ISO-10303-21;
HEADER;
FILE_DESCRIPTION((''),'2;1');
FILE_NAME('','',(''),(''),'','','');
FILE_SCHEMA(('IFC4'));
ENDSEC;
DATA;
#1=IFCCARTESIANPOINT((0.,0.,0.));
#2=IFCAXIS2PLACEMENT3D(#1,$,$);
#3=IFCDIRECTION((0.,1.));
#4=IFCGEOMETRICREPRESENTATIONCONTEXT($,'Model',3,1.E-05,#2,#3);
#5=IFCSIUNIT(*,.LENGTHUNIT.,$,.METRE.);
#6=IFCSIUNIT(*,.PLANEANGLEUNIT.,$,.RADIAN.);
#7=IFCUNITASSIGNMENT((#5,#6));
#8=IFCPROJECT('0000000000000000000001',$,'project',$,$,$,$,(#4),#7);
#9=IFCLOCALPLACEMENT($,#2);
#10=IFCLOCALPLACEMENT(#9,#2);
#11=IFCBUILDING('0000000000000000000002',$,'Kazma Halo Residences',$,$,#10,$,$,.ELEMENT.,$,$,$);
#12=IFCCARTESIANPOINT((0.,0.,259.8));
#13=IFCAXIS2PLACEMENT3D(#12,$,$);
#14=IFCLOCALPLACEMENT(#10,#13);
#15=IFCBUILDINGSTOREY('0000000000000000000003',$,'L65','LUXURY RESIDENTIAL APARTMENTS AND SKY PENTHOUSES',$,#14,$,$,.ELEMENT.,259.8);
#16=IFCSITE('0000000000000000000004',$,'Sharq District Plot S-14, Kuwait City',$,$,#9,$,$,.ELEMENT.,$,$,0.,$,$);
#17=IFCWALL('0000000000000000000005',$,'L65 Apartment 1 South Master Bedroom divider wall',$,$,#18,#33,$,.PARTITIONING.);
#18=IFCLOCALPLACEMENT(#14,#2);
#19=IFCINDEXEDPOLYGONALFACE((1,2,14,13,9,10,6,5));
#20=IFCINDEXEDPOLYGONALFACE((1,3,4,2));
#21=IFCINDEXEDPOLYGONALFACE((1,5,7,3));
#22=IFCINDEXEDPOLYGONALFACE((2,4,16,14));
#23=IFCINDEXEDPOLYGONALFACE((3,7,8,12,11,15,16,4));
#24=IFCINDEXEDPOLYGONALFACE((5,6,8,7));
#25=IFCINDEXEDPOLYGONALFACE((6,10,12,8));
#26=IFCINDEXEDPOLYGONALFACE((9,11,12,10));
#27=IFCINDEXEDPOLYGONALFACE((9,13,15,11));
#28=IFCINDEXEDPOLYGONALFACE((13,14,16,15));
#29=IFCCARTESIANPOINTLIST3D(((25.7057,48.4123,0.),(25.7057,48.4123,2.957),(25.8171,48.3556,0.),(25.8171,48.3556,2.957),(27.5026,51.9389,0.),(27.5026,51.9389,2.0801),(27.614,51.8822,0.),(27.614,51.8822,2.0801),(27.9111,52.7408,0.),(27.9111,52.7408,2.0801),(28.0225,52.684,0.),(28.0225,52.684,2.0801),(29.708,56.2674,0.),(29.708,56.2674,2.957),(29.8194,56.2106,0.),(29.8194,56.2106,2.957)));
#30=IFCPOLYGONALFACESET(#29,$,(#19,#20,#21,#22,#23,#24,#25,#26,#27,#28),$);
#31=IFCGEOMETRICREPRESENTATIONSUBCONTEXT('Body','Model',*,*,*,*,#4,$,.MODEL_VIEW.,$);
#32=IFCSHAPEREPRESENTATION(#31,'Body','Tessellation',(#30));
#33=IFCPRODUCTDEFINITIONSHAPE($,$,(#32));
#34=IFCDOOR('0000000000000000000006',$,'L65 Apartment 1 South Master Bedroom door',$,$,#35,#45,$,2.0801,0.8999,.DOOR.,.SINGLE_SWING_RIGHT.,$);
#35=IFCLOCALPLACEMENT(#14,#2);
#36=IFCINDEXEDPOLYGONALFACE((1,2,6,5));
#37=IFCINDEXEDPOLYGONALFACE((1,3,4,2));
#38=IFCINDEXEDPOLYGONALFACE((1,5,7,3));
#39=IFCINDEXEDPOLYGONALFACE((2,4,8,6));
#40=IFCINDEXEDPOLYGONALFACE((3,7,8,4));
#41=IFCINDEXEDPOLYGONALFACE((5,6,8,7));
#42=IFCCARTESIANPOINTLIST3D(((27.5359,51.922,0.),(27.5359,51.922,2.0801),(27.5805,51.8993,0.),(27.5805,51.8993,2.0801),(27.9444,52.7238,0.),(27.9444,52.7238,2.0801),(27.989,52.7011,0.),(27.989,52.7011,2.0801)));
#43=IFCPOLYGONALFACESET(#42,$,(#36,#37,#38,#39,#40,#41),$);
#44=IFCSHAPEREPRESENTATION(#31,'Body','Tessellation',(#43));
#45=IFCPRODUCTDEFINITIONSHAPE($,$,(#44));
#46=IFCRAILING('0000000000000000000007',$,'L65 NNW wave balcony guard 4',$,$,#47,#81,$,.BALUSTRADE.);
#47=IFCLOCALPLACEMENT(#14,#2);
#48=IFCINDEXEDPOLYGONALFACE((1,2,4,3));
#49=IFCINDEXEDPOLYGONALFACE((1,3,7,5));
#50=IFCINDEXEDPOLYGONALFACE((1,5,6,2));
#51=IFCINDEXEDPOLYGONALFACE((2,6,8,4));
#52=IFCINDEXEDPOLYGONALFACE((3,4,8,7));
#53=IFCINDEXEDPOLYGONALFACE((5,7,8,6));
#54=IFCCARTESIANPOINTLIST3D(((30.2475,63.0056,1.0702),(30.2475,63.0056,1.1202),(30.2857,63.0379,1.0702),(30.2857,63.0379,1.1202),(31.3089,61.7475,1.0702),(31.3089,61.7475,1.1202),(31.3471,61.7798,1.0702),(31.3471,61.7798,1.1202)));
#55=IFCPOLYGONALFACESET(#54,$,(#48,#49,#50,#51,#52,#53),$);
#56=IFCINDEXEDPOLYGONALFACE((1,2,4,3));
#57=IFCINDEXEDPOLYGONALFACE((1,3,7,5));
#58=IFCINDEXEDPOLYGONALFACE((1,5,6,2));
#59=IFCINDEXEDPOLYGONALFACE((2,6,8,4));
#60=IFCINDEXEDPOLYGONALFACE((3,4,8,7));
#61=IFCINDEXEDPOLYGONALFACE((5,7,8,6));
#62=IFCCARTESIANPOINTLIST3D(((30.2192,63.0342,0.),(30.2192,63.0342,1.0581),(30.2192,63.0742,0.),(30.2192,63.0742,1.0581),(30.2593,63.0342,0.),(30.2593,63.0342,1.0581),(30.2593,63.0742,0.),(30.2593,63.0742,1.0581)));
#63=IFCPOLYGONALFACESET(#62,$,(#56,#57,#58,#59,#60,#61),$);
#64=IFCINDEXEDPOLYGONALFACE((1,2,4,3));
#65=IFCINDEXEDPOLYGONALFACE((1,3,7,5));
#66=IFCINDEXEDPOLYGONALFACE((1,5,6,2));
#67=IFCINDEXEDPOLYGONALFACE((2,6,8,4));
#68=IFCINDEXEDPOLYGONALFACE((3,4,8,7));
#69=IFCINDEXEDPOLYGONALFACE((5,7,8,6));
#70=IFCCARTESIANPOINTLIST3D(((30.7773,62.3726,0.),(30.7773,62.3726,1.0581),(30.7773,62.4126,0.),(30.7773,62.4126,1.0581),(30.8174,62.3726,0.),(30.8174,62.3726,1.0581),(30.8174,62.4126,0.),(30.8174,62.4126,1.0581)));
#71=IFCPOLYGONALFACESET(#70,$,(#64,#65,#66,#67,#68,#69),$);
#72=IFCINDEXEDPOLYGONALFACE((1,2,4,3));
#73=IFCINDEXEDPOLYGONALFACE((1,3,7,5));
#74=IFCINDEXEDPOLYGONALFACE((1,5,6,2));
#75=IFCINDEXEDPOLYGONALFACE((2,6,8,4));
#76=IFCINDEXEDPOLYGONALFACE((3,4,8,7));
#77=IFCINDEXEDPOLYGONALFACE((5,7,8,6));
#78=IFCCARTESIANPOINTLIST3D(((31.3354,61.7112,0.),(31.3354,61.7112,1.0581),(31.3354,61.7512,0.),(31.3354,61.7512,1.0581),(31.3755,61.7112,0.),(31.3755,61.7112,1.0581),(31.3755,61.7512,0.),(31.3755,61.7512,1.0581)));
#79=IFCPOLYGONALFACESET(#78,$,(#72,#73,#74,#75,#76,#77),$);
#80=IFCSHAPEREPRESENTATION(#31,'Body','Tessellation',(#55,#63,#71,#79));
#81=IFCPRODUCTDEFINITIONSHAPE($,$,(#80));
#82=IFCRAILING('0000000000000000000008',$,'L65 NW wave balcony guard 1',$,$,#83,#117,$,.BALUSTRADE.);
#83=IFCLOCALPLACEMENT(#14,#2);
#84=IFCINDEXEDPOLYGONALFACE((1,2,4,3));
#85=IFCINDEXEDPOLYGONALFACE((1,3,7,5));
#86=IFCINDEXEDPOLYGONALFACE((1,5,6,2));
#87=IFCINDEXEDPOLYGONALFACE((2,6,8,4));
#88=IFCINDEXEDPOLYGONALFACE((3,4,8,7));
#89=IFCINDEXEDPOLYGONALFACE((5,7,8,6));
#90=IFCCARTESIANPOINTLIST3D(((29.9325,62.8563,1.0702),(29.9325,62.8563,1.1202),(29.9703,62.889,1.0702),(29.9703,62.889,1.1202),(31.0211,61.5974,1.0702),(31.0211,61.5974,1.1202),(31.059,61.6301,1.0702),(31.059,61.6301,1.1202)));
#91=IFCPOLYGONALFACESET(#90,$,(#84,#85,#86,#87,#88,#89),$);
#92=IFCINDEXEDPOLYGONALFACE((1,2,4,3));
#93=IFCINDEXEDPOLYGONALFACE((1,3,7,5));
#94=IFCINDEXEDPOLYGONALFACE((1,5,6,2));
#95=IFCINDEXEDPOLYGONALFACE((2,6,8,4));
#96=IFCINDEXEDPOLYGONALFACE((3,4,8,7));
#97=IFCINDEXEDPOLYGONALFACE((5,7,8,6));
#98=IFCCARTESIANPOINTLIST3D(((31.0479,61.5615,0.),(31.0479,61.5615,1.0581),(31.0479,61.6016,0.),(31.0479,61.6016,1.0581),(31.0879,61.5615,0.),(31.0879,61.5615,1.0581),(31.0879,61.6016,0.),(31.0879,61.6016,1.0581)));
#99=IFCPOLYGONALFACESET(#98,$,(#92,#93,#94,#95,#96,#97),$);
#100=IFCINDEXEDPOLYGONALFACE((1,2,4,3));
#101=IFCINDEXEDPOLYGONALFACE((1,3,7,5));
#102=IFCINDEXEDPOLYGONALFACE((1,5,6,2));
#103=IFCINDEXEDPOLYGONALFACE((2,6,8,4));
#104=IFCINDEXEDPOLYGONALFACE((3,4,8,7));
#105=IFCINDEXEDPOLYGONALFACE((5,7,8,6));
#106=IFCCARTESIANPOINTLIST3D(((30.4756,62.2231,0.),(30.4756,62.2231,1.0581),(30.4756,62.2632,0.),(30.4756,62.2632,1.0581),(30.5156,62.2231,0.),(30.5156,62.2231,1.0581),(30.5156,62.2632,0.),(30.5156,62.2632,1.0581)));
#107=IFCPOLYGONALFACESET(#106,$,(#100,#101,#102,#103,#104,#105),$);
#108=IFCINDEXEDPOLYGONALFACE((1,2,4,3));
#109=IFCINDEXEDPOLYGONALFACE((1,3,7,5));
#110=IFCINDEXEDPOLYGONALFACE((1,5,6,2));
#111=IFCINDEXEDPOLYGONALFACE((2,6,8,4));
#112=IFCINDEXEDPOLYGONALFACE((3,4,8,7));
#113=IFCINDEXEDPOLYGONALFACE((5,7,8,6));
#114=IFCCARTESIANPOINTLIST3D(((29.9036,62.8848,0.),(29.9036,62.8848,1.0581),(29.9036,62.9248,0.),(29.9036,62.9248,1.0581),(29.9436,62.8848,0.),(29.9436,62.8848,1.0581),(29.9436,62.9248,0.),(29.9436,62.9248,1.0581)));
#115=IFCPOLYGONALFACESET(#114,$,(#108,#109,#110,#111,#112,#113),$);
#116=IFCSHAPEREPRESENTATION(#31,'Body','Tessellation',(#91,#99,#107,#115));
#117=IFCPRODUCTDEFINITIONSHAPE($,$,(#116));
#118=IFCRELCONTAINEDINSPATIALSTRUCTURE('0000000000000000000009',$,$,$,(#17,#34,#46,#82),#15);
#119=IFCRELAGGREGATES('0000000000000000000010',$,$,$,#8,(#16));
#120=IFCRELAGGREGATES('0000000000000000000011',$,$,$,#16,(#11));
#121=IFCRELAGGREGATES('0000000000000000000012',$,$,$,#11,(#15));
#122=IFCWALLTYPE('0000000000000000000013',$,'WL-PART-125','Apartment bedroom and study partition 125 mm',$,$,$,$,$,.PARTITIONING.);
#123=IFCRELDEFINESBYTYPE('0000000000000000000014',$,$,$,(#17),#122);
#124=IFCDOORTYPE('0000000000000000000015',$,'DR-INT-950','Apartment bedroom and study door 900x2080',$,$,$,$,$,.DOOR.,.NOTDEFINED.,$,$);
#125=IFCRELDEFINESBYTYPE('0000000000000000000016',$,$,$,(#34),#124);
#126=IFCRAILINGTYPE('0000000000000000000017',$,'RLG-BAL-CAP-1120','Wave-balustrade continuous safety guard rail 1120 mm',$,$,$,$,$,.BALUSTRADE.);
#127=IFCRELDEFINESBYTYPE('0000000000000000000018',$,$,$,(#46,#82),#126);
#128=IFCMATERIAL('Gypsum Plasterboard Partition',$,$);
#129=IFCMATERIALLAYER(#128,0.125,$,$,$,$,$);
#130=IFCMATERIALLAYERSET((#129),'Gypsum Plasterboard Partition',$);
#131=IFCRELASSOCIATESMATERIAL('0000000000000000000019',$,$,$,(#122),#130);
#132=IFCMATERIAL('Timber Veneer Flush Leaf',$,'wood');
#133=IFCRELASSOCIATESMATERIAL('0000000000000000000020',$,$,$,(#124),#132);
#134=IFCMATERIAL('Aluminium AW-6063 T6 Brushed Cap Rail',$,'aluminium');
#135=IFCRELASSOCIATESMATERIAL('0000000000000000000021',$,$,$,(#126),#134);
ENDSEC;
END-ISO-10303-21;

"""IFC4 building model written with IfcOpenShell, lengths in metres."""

from ifc_helpers import new_model, si_unit, direction, frame, frame_2d, origin, origin_2d, place, context, subcontext, project, spatial, rectangle, extrude, material, layer, layer_set, type_object, element, fill, save


model = new_model("IFC4")

# Units and contexts
model_context = context("Model", 3, precision=1e-05, world=origin(), true_north=direction((0.0, 1.0)))
body_context = subcontext(model_context, "Body", "Model", "MODEL_VIEW")
ifc_project = project(units=[si_unit("LENGTHUNIT", "METRE"), si_unit("PLANEANGLEUNIT", "RADIAN")], contexts=[model_context])

# Site, building, storey
site_placement = place(None, origin())
site = spatial("IfcSite", under=ifc_project, at=site_placement, Name="Sharq District Plot S-14, Kuwait City", CompositionType="ELEMENT", RefElevation=0.0)
building_placement = place(site_placement, origin())
building = spatial("IfcBuilding", under=site, at=building_placement, Name="Kazma Halo Residences", CompositionType="ELEMENT")
storey_placement = place(building_placement, frame((0.0, 0.0, 259.8)))
storey = spatial("IfcBuildingStorey", under=building, at=storey_placement, Name="L65", Description="LUXURY RESIDENTIAL APARTMENTS AND SKY PENTHOUSES", CompositionType="ELEMENT", Elevation=259.8)

# Shared definitions
ifc_material_1 = material(Name="Gypsum Plasterboard Partition")
ifc_layer_1 = layer(ifc_material_1, 0.125)
ifc_layer_set_1 = layer_set([ifc_layer_1], Name="Gypsum Plasterboard Partition")
wall_type_1 = type_object("IfcWallType", Name="WL-PART-125", Description="Apartment bedroom and study partition 125 mm", PredefinedType="PARTITIONING", material=ifc_layer_set_1)

# Wall, opening, door
ifc_material_2 = material(Name="Timber Veneer Flush Leaf", Category="wood")
door_type_1 = type_object("IfcDoorType", Name="DR-INT-950", Description="Apartment bedroom and study door 900x2080", OperationType="NOTDEFINED", PredefinedType="DOOR", material=ifc_material_2)
wall_1_placement = place(storey_placement, frame((29.7637, 56.239, 0.0), z_axis=(0.0, 0.0, 1.0), x_axis=(-0.45398, -0.891012, 0.0)))
wall_1 = element("IfcWall", 1, at=wall_1_placement, inside=storey, type_object=wall_type_1, Name="L65 Apartment 1 South Master Bedroom divider wall", PredefinedType="PARTITIONING", context=body_context, shape_type="SweptSolid", body=[
    extrude(rectangle(XDim=8.8159, YDim=0.125, at=frame_2d((4.408, 0.0))), origin(), (0.0, 0.0, 1.0), 2.957),
])
opening_1_placement = place(wall_1_placement, frame((3.958, 0.0, 0.0)))
opening_1 = element("IfcOpeningElement", 2, at=opening_1_placement, cuts=wall_1, PredefinedType="OPENING", context=body_context, shape_type="SweptSolid", body=[
    extrude(rectangle(XDim=0.8999, YDim=2.0801, at=frame_2d((0.45, 1.04))), frame((0.0, 0.0725, 0.0), z_axis=(0.0, -1.0, 0.0), x_axis=(1.0, 0.0, 0.0)), (0.0, 0.0, 1.0), 0.145),
])
door_1_placement = place(opening_1_placement, origin())
door_1 = element("IfcDoor", 3, at=door_1_placement, inside=storey, type_object=door_type_1, Name="L65 Apartment 1 South Master Bedroom door", OperationType="SINGLE_SWING_RIGHT", OverallHeight=2.0801, OverallWidth=0.8999, PredefinedType="DOOR", context=body_context, shape_type="SweptSolid", body=[
    extrude(rectangle(XDim=0.8999, YDim=2.0801, at=frame_2d((0.45, 1.04))), frame((0.0, 0.0249, 0.0), z_axis=(0.0, -1.0, 0.0), x_axis=(1.0, 0.0, 0.0)), (0.0, 0.0, 1.0), 0.05),
])
fill(opening_1, door_1)

# Railings
ifc_material_3 = material(Name="Aluminium AW-6063 T6 Brushed Cap Rail", Category="aluminium")
railing_type = type_object("IfcRailingType", Name="RLG-BAL-CAP-1120", Description="Wave-balustrade continuous safety guard rail 1120 mm", PredefinedType="BALUSTRADE", material=ifc_material_3)
railing_1_placement = place(storey_placement, frame((30.2393, 63.0542, 0.0)))
element("IfcRailing", 4, at=railing_1_placement, inside=storey, type_object=railing_type, Name="L65 NNW wave balcony guard 4", PredefinedType="BALUSTRADE", context=body_context, shape_type="SweptSolid", body=[
    extrude(rectangle(XDim=0.05, YDim=0.05, at=origin_2d()), frame((0.0273, -0.0325, 1.0952), z_axis=(0.644848, -0.764311, 0.0), x_axis=(0.764311, 0.644848, 0.0)), (0.0, 0.0, 1.0), 1.646),
    extrude(rectangle(XDim=0.04, YDim=0.04, at=origin_2d()), origin(), (0.0, 0.0, 1.0), 1.0581),
    extrude(rectangle(XDim=0.04, YDim=0.04, at=origin_2d()), frame((0.5581, -0.6616, 0.0)), (0.0, 0.0, 1.0), 1.0581),
    extrude(rectangle(XDim=0.04, YDim=0.04, at=origin_2d()), frame((1.1162, -1.323, 0.0)), (0.0, 0.0, 1.0), 1.0581),
])
railing_2_placement = place(storey_placement, frame((31.0679, 61.5815, 0.0)))
element("IfcRailing", 5, at=railing_2_placement, inside=storey, type_object=railing_type, Name="L65 NW wave balcony guard 1", PredefinedType="BALUSTRADE", context=body_context, shape_type="SweptSolid", body=[
    extrude(rectangle(XDim=0.05, YDim=0.05, at=origin_2d()), frame((-0.0278, 0.0322, 1.0952), z_axis=(-0.654107, 0.756402, 0.0), x_axis=(-0.756402, -0.654107, 0.0)), (0.0, 0.0, 1.0), 1.6643),
    extrude(rectangle(XDim=0.04, YDim=0.04, at=origin_2d()), origin(), (0.0, 0.0, 1.0), 1.0581),
    extrude(rectangle(XDim=0.04, YDim=0.04, at=origin_2d()), frame((-0.5723, 0.6616, 0.0)), (0.0, 0.0, 1.0), 1.0581),
    extrude(rectangle(XDim=0.04, YDim=0.04, at=origin_2d()), frame((-1.1443, 1.3232, 0.0)), (0.0, 0.0, 1.0), 1.0581),
])

save(model, "model.ifc")
